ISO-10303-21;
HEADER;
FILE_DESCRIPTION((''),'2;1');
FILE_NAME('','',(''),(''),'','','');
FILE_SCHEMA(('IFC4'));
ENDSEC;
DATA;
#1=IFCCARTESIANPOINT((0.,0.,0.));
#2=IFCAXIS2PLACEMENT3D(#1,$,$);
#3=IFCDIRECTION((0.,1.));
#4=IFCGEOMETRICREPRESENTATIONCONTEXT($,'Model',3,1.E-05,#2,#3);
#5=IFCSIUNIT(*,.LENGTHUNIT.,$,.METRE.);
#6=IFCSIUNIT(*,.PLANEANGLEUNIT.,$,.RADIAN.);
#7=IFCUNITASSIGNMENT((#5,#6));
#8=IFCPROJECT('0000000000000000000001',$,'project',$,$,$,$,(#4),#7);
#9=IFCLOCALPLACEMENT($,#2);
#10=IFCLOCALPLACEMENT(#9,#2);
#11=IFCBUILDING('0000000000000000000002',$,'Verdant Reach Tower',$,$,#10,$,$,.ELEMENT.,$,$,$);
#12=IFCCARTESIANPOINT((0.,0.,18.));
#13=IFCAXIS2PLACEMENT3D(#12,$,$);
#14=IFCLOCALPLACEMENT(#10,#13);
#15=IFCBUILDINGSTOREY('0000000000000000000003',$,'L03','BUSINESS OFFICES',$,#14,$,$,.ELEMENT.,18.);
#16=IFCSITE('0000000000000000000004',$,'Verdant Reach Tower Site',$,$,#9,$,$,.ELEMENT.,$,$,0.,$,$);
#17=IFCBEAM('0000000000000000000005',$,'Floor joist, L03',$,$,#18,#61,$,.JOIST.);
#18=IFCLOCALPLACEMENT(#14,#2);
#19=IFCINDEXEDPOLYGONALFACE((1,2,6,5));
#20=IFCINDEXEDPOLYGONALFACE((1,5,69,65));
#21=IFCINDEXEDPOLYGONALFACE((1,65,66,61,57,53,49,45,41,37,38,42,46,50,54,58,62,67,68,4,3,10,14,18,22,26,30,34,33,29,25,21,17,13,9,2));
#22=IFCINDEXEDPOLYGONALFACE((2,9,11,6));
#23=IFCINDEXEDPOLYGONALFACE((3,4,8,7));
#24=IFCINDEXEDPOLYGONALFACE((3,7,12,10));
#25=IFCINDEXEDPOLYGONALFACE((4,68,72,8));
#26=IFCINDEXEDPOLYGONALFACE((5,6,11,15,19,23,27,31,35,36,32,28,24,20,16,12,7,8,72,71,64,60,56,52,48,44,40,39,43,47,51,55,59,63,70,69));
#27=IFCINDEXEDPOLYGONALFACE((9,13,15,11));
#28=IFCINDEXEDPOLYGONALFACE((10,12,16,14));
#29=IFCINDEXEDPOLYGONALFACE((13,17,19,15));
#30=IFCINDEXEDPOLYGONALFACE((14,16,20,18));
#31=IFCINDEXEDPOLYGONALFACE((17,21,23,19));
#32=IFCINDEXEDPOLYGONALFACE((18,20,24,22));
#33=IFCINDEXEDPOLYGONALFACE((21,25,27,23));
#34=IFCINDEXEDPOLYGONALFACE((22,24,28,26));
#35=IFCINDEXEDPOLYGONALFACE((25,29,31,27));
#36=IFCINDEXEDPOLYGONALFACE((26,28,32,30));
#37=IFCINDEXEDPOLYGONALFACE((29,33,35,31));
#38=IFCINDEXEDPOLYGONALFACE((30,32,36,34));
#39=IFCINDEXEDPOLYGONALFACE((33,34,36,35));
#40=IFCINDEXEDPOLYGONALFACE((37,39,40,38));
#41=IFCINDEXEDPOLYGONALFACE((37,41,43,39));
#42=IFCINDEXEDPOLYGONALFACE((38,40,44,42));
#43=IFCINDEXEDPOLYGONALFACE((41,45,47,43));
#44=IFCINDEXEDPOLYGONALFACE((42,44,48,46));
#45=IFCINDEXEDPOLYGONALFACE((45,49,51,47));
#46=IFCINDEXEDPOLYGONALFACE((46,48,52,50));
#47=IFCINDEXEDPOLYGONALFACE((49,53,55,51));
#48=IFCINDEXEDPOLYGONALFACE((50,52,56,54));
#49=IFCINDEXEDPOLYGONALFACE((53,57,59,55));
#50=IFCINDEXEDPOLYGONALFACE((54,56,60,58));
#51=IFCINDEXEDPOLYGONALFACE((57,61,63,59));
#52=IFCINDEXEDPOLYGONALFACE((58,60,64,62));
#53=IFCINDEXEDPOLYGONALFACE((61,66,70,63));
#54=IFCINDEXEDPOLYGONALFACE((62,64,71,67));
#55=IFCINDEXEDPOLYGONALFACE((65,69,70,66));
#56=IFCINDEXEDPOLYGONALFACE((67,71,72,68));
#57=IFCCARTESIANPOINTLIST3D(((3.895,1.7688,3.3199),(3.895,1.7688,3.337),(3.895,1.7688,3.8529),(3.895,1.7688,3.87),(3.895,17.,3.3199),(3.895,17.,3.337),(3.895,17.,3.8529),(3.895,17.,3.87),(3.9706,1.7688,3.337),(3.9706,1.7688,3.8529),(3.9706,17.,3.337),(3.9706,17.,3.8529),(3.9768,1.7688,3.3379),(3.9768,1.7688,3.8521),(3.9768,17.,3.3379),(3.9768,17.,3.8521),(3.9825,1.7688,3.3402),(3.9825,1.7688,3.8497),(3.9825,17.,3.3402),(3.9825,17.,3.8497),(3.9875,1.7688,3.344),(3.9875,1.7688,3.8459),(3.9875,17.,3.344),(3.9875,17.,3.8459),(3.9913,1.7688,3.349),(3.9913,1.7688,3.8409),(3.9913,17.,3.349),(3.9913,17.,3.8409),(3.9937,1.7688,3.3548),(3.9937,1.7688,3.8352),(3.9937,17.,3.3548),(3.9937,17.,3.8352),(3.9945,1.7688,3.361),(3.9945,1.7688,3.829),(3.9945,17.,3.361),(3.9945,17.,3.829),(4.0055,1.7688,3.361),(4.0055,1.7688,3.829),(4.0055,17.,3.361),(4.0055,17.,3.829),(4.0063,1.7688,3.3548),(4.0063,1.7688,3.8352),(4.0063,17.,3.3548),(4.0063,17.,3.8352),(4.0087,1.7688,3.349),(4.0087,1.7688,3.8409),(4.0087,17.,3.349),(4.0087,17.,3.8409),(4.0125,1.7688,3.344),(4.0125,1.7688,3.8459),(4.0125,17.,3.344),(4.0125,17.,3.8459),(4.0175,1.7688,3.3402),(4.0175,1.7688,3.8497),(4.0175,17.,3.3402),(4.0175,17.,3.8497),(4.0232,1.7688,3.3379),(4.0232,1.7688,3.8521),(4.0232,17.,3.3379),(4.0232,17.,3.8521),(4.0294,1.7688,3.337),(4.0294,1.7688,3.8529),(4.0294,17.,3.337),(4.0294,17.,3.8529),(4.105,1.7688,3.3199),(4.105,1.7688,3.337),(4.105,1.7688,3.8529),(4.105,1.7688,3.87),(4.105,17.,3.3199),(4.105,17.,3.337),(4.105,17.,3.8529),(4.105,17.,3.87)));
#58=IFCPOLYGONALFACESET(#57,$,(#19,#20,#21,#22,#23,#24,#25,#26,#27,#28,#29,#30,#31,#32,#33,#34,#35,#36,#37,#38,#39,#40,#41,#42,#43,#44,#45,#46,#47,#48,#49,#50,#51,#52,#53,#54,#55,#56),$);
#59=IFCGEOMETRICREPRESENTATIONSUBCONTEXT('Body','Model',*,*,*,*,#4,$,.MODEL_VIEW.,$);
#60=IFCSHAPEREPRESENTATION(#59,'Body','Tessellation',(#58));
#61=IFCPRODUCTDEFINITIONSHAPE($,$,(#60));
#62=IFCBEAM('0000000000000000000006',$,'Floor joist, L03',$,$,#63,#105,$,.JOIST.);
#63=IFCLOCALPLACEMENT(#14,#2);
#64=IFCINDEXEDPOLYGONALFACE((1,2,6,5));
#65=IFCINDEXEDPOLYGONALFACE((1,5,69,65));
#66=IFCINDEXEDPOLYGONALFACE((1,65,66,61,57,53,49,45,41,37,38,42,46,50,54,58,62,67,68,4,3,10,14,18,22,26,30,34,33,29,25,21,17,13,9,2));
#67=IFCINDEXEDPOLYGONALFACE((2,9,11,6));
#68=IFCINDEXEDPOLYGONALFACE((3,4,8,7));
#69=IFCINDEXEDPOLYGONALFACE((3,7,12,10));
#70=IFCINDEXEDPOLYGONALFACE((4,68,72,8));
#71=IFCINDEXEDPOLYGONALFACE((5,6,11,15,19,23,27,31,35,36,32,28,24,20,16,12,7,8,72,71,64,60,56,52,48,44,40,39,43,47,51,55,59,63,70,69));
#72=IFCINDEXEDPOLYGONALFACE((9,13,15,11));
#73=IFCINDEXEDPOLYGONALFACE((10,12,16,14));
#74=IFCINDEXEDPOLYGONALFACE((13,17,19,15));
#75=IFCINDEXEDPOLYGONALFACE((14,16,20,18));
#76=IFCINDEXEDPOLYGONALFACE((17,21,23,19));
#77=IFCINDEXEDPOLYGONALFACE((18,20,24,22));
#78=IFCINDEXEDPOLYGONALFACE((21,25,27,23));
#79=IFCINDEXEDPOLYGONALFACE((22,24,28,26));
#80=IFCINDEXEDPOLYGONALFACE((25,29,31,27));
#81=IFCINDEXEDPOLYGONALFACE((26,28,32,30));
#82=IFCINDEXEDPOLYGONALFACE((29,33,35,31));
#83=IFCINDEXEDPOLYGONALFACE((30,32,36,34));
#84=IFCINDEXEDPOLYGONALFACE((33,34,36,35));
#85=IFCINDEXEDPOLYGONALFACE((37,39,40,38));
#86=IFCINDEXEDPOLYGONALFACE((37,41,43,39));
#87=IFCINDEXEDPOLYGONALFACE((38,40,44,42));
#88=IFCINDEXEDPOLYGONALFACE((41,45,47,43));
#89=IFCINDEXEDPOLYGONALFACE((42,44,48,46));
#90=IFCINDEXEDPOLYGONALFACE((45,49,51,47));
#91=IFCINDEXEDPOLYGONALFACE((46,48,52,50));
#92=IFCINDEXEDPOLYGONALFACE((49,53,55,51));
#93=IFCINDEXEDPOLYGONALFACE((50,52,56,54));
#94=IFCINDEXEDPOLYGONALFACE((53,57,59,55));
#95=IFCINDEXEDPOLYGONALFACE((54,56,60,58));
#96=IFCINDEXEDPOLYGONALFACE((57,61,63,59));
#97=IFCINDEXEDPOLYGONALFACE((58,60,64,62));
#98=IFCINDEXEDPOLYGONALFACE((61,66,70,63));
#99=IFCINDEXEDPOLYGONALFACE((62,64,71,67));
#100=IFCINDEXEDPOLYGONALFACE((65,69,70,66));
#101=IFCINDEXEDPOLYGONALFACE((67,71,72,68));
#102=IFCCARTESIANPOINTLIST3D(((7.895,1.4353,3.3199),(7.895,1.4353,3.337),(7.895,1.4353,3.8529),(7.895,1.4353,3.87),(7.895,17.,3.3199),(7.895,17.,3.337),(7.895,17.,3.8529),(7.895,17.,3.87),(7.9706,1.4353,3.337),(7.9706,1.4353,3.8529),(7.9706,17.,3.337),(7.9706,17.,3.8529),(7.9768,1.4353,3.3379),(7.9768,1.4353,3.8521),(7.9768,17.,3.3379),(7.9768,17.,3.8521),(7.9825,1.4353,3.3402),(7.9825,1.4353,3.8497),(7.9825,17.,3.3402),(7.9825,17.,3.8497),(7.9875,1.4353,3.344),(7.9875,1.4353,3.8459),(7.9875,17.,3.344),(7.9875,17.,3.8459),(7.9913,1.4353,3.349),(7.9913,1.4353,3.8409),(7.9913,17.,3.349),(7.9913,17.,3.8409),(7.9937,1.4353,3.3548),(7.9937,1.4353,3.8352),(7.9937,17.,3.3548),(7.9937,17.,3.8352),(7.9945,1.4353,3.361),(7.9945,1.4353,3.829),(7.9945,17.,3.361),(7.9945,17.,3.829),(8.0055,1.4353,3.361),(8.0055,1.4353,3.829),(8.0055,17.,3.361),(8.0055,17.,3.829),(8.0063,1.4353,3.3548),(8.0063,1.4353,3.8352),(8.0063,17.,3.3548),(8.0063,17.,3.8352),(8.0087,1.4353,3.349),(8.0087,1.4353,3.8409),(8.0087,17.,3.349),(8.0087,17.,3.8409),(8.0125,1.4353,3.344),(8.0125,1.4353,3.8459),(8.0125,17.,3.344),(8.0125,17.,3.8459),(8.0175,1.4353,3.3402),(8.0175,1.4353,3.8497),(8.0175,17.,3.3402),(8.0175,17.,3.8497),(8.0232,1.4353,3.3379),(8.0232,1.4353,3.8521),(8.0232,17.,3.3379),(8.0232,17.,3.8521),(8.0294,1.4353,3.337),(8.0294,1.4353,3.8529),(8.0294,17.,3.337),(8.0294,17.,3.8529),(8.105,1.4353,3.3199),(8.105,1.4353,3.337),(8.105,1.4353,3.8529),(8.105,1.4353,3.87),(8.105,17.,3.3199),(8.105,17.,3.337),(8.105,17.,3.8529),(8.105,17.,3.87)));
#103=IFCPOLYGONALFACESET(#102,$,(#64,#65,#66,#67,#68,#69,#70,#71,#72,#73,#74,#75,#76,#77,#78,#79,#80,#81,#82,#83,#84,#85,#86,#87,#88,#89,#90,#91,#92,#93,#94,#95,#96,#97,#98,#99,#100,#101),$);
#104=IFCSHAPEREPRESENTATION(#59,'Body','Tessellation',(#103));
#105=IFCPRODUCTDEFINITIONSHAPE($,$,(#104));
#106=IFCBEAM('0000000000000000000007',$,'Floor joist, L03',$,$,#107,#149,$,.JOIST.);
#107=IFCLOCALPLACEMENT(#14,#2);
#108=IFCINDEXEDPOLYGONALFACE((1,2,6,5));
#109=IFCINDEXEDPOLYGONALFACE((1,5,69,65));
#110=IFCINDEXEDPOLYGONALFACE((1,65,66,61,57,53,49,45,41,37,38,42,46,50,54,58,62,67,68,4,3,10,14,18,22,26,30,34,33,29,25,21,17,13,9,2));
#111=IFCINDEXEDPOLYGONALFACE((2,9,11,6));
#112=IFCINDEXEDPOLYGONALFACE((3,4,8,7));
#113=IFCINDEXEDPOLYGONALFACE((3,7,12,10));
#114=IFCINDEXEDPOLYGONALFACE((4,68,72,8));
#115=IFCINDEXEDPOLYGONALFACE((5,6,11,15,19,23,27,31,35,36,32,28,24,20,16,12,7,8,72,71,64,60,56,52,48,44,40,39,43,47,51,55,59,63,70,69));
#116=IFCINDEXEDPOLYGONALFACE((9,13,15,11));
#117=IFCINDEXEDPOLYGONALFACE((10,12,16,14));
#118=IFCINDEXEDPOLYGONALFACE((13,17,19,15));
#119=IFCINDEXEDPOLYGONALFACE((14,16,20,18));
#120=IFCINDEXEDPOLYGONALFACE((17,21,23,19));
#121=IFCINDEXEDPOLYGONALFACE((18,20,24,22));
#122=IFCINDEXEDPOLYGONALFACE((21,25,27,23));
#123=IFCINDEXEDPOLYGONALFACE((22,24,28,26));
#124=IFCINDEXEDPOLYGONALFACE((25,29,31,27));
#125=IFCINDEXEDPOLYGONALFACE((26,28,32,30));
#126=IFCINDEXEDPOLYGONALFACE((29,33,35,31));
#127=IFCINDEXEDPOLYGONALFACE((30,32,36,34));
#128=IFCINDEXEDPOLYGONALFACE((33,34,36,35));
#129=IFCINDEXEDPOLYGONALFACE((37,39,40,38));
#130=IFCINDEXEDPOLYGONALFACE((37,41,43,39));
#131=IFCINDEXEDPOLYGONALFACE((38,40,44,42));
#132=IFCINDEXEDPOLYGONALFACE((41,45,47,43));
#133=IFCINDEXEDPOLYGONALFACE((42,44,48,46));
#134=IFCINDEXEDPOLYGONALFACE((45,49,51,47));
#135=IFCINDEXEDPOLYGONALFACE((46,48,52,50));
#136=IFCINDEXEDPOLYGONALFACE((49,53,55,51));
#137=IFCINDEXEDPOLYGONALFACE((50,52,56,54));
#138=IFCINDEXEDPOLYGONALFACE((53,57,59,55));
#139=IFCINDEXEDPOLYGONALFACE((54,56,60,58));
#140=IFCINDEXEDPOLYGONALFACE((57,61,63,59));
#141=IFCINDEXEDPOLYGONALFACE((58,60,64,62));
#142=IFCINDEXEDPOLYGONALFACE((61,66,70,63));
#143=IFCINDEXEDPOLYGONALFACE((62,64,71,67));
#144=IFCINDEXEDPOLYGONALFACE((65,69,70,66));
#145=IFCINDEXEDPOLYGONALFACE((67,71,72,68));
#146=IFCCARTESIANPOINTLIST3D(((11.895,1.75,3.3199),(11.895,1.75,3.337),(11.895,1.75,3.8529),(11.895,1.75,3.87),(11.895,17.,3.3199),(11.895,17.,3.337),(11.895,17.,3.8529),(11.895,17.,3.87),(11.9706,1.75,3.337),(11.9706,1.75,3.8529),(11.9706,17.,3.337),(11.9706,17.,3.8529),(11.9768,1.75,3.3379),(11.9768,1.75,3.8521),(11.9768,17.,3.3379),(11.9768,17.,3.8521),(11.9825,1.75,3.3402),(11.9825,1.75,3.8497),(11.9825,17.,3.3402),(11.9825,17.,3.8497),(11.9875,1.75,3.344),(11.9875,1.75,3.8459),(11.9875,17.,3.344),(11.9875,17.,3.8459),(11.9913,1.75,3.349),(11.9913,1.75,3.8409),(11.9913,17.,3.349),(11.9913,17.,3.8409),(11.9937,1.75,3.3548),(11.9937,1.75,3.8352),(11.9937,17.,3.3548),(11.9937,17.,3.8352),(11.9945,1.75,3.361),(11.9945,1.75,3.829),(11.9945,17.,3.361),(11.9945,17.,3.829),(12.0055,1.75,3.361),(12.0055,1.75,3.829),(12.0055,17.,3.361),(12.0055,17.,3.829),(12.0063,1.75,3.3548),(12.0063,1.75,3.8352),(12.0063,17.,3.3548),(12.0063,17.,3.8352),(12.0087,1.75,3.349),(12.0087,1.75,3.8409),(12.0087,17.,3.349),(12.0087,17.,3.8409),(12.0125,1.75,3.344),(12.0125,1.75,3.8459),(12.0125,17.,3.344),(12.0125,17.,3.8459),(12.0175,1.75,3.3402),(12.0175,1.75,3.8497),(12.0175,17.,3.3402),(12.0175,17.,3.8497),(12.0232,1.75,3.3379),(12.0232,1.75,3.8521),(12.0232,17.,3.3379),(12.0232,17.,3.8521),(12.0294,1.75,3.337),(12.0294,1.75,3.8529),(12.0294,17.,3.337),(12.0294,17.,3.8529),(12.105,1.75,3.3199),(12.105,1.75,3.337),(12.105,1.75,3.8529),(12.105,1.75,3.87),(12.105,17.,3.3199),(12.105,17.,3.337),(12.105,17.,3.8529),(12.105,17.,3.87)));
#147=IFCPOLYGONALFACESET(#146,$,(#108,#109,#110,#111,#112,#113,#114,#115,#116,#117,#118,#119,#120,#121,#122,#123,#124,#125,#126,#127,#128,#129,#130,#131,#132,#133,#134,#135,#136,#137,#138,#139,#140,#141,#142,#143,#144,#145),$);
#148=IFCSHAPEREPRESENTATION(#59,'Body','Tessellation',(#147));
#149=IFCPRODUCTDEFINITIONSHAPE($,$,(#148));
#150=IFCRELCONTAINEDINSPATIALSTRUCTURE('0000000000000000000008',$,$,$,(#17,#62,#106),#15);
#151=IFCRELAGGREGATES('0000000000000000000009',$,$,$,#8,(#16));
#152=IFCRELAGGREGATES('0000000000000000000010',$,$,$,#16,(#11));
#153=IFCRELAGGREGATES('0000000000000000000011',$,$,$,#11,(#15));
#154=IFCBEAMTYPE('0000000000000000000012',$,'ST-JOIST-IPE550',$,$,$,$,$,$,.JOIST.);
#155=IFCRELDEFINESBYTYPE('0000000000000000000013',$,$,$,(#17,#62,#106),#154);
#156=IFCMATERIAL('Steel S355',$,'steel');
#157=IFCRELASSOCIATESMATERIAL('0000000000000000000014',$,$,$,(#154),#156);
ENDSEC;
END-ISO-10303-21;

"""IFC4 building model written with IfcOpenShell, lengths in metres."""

from ifc_helpers import new_model, si_unit, direction, frame, origin, origin_2d, place, context, subcontext, project, spatial, i_section, extrude, material, material_profile, profile_set, type_object, element, save


model = new_model("IFC4")

# Units and contexts
model_context = context("Model", 3, precision=1e-05, world=origin(), true_north=direction((0.0, 1.0)))
body_context = subcontext(model_context, "Body", "Model", "MODEL_VIEW")
ifc_project = project(units=[si_unit("LENGTHUNIT", "METRE"), si_unit("PLANEANGLEUNIT", "RADIAN")], contexts=[model_context])

# Site, building, storey
site_placement = place(None, origin())
site = spatial("IfcSite", under=ifc_project, at=site_placement, Name="Verdant Reach Tower Site", CompositionType="ELEMENT", RefElevation=0.0)
building_placement = place(site_placement, origin())
building = spatial("IfcBuilding", under=site, at=building_placement, Name="Verdant Reach Tower", CompositionType="ELEMENT")
storey_placement = place(building_placement, frame((0.0, 0.0, 18.0)))
storey = spatial("IfcBuildingStorey", under=building, at=storey_placement, Name="L03", Description="BUSINESS OFFICES", CompositionType="ELEMENT", Elevation=18.0)

# Beams
ifc_material_1 = material(Name="Steel S355", Category="steel")
ifc_material_profile = material_profile(ifc_material_1, i_section(OverallWidth=0.21, OverallDepth=0.55, WebThickness=0.011, FlangeThickness=0.0171, FilletRadius=0.0239, at=origin_2d()), Name="IPE 550")
ifc_profile_set = profile_set([ifc_material_profile], Name="Steel S355")
beam_type = type_object("IfcBeamType", Name="ST-JOIST-IPE550", PredefinedType="JOIST", material=ifc_profile_set)
beam_1_placement = place(storey_placement, frame((4.0, 17.0, 3.595), z_axis=(0.0, -1.0, 0.0), x_axis=(1.0, 0.0, 0.0)))
element("IfcBeam", 1, at=beam_1_placement, inside=storey, type_object=beam_type, Name="Floor joist, L03", PredefinedType="JOIST", context=body_context, shape_type="SweptSolid", body=[
    extrude(i_section(OverallWidth=0.21, OverallDepth=0.55, WebThickness=0.011, FlangeThickness=0.0171, FilletRadius=0.0239, at=origin_2d()), origin(), (0.0, 0.0, 1.0), 15.2312),
])
beam_2_placement = place(storey_placement, frame((8.0, 17.0, 3.595), z_axis=(0.0, -1.0, 0.0), x_axis=(1.0, 0.0, 0.0)))
element("IfcBeam", 2, at=beam_2_placement, inside=storey, type_object=beam_type, Name="Floor joist, L03", PredefinedType="JOIST", context=body_context, shape_type="SweptSolid", body=[
    extrude(i_section(OverallWidth=0.21, OverallDepth=0.55, WebThickness=0.011, FlangeThickness=0.0171, FilletRadius=0.0239, at=origin_2d()), origin(), (0.0, 0.0, 1.0), 15.5647),
])
beam_3_placement = place(storey_placement, frame((12.0, 17.0, 3.595), z_axis=(0.0, -1.0, 0.0), x_axis=(1.0, 0.0, 0.0)))
element("IfcBeam", 3, at=beam_3_placement, inside=storey, type_object=beam_type, Name="Floor joist, L03", PredefinedType="JOIST", context=body_context, shape_type="SweptSolid", body=[
    extrude(i_section(OverallWidth=0.21, OverallDepth=0.55, WebThickness=0.011, FlangeThickness=0.0171, FilletRadius=0.0239, at=origin_2d()), origin(), (0.0, 0.0, 1.0), 15.25),
])

save(model, "model.ifc")
